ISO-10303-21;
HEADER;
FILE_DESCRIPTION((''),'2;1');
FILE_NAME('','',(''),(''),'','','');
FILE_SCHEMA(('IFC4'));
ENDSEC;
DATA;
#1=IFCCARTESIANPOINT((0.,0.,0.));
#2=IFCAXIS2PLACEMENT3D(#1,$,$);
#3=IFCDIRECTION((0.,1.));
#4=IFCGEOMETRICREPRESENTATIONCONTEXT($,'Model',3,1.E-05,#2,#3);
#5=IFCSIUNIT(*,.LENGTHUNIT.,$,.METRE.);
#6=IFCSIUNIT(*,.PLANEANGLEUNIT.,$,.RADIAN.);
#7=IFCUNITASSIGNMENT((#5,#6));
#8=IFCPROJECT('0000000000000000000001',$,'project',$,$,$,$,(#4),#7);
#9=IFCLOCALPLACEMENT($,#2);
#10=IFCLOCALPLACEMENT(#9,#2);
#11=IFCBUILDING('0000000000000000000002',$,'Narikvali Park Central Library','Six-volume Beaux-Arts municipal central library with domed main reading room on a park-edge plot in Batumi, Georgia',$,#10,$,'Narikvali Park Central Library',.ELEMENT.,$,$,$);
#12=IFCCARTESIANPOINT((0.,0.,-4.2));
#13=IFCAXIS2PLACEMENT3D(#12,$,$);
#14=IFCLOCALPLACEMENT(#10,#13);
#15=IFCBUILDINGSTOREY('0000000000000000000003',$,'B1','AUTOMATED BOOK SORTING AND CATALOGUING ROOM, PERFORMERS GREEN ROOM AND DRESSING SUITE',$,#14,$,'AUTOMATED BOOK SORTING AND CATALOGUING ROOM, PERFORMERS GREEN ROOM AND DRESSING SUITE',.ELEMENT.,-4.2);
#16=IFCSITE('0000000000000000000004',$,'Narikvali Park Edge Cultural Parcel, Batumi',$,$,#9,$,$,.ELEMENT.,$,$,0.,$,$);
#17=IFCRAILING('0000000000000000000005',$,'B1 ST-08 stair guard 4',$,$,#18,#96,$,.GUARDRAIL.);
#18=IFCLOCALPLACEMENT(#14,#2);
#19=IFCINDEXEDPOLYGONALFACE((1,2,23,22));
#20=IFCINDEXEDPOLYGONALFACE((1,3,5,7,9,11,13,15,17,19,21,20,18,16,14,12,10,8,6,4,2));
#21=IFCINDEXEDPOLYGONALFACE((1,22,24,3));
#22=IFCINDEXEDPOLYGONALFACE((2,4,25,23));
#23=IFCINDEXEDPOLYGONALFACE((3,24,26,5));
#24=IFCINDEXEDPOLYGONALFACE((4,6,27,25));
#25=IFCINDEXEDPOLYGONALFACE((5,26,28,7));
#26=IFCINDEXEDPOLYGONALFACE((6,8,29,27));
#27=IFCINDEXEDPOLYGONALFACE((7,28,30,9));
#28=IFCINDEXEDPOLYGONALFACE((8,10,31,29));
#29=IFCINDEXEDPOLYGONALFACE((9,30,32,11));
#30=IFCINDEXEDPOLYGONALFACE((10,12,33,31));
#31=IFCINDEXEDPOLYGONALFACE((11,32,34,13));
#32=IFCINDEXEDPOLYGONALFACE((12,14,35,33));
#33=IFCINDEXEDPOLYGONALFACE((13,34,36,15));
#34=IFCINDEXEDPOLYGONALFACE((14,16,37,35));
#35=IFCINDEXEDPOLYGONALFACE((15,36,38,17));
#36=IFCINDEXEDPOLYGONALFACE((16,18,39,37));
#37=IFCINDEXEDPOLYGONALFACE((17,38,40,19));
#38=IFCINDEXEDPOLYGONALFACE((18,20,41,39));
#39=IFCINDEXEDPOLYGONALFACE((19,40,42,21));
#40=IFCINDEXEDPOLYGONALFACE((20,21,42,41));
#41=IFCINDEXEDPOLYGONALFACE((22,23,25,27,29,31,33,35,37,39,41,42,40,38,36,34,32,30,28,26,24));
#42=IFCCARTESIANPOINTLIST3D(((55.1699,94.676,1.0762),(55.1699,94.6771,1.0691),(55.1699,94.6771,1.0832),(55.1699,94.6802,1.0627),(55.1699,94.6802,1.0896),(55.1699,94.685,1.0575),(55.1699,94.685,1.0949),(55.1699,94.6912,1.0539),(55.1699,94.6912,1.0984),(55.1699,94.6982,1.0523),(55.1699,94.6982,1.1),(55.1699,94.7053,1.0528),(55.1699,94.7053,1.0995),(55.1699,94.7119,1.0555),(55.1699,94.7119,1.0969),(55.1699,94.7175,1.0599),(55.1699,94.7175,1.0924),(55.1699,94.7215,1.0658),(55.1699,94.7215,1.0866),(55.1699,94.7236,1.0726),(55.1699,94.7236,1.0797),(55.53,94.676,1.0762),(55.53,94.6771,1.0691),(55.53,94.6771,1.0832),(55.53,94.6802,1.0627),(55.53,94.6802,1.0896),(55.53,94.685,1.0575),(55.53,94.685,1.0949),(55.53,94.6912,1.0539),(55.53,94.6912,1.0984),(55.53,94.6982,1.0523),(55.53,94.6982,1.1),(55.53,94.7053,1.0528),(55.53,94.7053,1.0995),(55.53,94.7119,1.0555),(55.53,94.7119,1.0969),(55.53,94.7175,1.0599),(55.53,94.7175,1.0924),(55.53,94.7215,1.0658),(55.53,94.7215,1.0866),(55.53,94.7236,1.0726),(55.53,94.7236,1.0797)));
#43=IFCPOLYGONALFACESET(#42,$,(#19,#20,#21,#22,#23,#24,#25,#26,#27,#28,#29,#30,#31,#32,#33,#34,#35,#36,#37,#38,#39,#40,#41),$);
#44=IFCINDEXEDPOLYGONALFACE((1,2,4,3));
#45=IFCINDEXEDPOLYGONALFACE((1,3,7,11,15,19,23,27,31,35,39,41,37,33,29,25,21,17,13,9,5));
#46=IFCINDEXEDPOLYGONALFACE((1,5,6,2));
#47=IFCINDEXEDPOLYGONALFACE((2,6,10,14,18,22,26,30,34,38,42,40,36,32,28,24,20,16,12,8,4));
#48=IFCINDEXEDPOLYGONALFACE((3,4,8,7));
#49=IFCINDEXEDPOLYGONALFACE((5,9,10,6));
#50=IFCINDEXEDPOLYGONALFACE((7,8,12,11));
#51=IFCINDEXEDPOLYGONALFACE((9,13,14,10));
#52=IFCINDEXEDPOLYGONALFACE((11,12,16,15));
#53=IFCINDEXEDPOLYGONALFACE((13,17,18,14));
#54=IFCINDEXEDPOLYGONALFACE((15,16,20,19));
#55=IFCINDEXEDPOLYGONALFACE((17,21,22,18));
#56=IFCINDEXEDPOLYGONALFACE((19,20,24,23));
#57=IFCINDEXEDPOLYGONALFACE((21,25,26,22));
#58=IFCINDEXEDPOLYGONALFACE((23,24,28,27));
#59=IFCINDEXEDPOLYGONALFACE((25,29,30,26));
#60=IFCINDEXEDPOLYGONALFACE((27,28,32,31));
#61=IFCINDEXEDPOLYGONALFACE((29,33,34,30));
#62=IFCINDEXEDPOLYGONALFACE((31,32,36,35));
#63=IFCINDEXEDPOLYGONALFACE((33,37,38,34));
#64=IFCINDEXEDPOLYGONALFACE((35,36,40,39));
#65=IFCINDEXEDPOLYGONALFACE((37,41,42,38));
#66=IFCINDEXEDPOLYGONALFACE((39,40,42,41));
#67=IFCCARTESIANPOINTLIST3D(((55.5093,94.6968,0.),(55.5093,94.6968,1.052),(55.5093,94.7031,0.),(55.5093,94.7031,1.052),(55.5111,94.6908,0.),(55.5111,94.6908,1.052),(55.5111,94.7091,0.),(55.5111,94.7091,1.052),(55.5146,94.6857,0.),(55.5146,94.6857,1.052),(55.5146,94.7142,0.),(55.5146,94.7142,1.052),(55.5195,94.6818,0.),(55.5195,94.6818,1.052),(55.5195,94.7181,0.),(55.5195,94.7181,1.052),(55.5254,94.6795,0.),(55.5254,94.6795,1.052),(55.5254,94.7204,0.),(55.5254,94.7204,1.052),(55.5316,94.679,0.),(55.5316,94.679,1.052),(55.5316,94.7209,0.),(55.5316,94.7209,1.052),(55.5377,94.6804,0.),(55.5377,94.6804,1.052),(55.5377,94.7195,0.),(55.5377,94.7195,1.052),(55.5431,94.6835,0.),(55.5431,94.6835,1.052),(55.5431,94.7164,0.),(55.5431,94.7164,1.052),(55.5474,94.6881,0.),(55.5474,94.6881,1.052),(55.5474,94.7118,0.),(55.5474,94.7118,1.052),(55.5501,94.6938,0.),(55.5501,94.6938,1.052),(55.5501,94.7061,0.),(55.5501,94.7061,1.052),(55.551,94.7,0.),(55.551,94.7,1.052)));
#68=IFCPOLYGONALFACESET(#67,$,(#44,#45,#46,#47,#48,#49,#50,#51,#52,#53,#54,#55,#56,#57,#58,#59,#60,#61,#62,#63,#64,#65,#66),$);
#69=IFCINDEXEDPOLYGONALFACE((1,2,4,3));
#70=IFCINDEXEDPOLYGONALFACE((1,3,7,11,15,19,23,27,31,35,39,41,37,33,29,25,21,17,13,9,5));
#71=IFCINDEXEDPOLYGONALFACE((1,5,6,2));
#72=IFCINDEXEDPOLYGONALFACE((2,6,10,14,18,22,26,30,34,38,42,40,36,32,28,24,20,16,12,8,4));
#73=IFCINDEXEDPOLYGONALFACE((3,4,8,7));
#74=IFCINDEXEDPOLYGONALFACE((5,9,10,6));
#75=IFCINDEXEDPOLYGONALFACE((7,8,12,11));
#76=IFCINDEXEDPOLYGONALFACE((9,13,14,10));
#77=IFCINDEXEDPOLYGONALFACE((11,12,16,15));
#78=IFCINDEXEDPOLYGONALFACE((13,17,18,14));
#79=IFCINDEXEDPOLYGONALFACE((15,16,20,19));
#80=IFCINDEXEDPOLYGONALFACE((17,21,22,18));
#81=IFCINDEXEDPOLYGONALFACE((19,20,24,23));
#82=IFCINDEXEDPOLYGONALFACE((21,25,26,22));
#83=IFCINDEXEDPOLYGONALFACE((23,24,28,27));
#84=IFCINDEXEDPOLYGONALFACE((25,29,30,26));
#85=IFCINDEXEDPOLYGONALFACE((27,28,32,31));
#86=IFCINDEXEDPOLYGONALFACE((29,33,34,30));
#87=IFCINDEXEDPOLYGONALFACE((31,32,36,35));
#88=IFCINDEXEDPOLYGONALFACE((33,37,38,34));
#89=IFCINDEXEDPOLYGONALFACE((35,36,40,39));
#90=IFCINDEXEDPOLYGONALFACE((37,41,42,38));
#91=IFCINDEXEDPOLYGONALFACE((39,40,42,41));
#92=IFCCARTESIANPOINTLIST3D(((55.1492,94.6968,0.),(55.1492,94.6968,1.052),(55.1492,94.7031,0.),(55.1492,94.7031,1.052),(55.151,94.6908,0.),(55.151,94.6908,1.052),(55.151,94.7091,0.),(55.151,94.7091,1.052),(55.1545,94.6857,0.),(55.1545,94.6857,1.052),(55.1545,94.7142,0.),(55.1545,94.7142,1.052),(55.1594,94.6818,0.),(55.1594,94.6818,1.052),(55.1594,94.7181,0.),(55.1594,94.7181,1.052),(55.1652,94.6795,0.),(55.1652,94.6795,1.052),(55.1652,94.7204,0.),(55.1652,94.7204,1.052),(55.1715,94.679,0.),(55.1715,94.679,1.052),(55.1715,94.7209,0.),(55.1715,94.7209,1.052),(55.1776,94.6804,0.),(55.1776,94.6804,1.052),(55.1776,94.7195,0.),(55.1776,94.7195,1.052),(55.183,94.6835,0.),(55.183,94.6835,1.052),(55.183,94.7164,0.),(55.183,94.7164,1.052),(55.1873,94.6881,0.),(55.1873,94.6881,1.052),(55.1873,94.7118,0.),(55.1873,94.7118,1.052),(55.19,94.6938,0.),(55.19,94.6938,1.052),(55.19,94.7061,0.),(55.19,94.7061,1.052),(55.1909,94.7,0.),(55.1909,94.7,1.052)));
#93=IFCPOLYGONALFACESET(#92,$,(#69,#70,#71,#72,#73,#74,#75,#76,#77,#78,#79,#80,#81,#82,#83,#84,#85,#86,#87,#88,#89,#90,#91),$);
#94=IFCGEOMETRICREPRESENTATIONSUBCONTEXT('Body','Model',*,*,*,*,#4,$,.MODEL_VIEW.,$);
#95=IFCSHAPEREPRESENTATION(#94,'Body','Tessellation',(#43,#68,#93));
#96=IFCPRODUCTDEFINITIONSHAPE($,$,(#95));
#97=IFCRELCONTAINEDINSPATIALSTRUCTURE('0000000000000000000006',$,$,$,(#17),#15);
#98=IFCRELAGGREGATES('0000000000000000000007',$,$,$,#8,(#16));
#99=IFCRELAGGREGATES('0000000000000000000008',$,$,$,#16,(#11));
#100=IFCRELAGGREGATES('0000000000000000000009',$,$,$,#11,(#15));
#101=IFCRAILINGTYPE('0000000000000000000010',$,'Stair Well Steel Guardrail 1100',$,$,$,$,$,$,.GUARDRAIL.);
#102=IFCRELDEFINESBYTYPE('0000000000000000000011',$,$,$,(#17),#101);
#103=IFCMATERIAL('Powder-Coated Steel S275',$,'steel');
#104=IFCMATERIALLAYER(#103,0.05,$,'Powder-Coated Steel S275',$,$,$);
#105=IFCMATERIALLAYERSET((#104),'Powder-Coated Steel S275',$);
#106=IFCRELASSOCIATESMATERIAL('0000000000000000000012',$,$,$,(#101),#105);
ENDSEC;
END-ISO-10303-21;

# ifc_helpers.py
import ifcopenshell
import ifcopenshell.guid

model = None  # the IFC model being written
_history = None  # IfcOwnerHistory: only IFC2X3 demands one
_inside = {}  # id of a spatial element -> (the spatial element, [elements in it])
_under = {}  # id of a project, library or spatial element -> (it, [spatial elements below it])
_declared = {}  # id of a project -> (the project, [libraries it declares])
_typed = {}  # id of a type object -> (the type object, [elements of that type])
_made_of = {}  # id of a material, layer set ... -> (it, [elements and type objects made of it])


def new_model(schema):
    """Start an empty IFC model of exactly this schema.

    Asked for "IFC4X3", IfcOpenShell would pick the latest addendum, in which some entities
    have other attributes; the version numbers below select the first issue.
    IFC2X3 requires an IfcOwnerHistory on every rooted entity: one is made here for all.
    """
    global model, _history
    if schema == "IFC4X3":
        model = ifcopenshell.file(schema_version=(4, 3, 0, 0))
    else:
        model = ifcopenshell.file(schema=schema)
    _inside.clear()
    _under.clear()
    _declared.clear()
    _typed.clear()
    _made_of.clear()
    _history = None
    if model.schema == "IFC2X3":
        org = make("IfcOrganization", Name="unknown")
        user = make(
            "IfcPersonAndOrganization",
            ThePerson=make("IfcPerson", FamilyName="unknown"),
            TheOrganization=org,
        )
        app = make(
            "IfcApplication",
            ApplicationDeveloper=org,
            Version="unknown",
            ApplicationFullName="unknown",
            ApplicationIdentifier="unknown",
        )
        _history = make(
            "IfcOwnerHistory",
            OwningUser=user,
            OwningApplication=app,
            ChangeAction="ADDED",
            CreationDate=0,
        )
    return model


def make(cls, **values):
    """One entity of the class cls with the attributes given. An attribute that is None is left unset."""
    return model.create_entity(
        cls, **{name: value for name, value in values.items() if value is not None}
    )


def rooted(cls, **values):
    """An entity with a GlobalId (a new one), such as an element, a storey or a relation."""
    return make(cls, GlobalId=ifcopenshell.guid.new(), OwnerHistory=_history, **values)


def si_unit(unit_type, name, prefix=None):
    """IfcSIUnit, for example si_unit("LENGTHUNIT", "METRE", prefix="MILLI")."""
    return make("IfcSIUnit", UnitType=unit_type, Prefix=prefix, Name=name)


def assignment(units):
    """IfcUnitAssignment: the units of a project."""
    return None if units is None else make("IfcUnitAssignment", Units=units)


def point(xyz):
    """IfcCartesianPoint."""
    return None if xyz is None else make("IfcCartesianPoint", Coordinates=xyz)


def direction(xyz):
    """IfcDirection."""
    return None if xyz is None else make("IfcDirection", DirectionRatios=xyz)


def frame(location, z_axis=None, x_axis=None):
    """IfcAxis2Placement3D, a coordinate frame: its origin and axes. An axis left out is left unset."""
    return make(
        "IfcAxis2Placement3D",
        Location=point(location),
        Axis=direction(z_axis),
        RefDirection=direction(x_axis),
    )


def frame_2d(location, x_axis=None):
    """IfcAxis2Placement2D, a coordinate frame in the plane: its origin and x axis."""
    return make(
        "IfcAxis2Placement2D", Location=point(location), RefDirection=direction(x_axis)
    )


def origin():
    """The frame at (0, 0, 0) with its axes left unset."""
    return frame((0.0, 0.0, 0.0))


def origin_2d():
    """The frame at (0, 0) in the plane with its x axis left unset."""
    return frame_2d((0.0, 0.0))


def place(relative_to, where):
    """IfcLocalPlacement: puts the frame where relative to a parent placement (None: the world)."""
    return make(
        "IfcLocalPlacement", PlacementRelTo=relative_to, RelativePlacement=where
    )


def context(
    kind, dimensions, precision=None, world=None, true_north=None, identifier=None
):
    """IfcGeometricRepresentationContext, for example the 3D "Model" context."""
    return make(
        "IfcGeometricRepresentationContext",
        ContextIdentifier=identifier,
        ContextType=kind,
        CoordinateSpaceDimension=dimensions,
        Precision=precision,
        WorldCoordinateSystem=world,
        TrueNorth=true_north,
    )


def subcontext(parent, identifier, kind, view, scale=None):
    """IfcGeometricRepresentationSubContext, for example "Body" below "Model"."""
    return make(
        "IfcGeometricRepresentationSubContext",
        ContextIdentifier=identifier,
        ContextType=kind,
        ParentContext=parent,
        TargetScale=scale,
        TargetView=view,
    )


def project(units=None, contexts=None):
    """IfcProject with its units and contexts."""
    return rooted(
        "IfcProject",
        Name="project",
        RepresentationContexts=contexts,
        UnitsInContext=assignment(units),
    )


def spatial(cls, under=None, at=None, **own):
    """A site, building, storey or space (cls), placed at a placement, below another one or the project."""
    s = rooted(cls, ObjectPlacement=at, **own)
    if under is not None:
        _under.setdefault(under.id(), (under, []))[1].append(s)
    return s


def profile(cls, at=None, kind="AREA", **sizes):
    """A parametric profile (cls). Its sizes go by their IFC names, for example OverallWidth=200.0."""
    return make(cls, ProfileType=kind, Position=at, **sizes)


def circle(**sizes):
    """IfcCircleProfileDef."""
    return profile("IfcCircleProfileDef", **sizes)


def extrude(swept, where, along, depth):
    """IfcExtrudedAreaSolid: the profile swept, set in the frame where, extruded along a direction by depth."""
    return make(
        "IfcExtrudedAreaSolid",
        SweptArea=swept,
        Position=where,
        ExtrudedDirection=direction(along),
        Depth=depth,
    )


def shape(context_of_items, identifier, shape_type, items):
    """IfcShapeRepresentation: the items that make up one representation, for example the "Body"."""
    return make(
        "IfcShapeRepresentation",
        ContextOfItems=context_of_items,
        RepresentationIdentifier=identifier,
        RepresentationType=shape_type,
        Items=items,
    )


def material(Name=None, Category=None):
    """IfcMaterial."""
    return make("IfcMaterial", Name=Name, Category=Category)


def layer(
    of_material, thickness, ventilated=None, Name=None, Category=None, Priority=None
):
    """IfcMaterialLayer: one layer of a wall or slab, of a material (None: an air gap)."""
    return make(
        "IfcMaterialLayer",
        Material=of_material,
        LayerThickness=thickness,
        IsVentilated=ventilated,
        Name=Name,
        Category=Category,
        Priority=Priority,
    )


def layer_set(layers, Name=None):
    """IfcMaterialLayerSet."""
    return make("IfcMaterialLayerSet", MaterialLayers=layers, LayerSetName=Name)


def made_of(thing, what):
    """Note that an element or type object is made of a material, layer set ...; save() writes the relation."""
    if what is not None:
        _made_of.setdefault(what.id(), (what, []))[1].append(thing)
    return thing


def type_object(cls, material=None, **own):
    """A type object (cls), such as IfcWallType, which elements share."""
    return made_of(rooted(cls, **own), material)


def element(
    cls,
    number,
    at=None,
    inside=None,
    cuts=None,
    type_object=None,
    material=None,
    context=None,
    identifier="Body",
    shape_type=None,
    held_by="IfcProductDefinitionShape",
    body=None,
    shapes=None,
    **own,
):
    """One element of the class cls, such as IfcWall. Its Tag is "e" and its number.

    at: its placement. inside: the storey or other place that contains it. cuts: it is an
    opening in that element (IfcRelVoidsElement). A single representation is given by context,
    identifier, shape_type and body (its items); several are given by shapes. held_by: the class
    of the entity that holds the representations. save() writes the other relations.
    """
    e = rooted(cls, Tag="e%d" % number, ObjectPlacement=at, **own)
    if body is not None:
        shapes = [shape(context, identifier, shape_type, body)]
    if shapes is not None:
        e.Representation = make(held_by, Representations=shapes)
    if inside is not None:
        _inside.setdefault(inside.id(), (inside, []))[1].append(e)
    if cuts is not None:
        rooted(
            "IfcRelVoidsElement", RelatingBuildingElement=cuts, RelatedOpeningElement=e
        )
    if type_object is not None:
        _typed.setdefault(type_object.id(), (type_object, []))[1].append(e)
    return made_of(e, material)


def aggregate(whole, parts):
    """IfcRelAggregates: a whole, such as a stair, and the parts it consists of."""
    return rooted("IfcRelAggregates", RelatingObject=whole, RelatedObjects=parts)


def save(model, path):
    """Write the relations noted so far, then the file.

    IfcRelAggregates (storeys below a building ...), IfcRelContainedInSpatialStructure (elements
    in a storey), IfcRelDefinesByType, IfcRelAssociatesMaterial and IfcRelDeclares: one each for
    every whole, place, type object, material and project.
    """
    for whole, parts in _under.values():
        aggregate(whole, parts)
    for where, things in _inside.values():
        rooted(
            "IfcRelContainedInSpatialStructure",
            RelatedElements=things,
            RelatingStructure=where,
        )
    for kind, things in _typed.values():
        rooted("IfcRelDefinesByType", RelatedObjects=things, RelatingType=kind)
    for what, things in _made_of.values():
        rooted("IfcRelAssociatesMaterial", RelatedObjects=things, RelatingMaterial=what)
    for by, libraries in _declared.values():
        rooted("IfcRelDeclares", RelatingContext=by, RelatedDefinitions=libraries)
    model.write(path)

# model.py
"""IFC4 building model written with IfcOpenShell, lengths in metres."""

from ifc_helpers import new_model, si_unit, direction, frame, origin, origin_2d, place, context, subcontext, project, spatial, circle, extrude, material, layer, layer_set, type_object, element, save


model = new_model("IFC4")

# Units and contexts
model_context = context("Model", 3, precision=1e-05, world=origin(), true_north=direction((0.0, 1.0)))
body_context = subcontext(model_context, "Body", "Model", "MODEL_VIEW")
ifc_project = project(units=[si_unit("LENGTHUNIT", "METRE"), si_unit("PLANEANGLEUNIT", "RADIAN")], contexts=[model_context])

# Site, building, storey
site_placement = place(None, origin())
site = spatial("IfcSite", under=ifc_project, at=site_placement, Name="Narikvali Park Edge Cultural Parcel, Batumi", CompositionType="ELEMENT", RefElevation=0.0)
building_placement = place(site_placement, origin())
building = spatial("IfcBuilding", under=site, at=building_placement, Name="Narikvali Park Central Library", Description="Six-volume Beaux-Arts municipal central library with domed main reading room on a park-edge plot in Batumi, Georgia", LongName="Narikvali Park Central Library", CompositionType="ELEMENT")
storey_placement = place(building_placement, frame((0.0, 0.0, -4.2)))
storey = spatial("IfcBuildingStorey", under=building, at=storey_placement, Name="B1", Description="AUTOMATED BOOK SORTING AND CATALOGUING ROOM, PERFORMERS GREEN ROOM AND DRESSING SUITE", LongName="AUTOMATED BOOK SORTING AND CATALOGUING ROOM, PERFORMERS GREEN ROOM AND DRESSING SUITE", CompositionType="ELEMENT", Elevation=-4.2)

# Railing
ifc_material_1 = material(Name="Powder-Coated Steel S275", Category="steel")
ifc_layer_1 = layer(ifc_material_1, 0.05, Name="Powder-Coated Steel S275")
ifc_layer_set_1 = layer_set([ifc_layer_1], Name="Powder-Coated Steel S275")
railing_type_1 = type_object("IfcRailingType", Name="Stair Well Steel Guardrail 1100", PredefinedType="GUARDRAIL", material=ifc_layer_set_1)
railing_1_placement = place(storey_placement, frame((55.53, 94.7, 0.0)))
element("IfcRailing", 1, at=railing_1_placement, inside=storey, type_object=railing_type_1, Name="B1 ST-08 stair guard 4", PredefinedType="GUARDRAIL", context=body_context, shape_type="SweptSolid", body=[
    extrude(circle(Radius=0.0239, at=origin_2d()), frame((0.0, 0.0, 1.0762), z_axis=(-1.0, 0.0, 0.0), x_axis=(0.0, -1.0, 0.0)), (0.0, 0.0, 1.0), 0.3601),
    extrude(circle(Radius=0.021, at=origin_2d()), origin(), (0.0, 0.0, 1.0), 1.052),
    extrude(circle(Radius=0.021, at=origin_2d()), frame((-0.3601, 0.0, 0.0)), (0.0, 0.0, 1.0), 1.052),
])

save(model, "model.ifc")
